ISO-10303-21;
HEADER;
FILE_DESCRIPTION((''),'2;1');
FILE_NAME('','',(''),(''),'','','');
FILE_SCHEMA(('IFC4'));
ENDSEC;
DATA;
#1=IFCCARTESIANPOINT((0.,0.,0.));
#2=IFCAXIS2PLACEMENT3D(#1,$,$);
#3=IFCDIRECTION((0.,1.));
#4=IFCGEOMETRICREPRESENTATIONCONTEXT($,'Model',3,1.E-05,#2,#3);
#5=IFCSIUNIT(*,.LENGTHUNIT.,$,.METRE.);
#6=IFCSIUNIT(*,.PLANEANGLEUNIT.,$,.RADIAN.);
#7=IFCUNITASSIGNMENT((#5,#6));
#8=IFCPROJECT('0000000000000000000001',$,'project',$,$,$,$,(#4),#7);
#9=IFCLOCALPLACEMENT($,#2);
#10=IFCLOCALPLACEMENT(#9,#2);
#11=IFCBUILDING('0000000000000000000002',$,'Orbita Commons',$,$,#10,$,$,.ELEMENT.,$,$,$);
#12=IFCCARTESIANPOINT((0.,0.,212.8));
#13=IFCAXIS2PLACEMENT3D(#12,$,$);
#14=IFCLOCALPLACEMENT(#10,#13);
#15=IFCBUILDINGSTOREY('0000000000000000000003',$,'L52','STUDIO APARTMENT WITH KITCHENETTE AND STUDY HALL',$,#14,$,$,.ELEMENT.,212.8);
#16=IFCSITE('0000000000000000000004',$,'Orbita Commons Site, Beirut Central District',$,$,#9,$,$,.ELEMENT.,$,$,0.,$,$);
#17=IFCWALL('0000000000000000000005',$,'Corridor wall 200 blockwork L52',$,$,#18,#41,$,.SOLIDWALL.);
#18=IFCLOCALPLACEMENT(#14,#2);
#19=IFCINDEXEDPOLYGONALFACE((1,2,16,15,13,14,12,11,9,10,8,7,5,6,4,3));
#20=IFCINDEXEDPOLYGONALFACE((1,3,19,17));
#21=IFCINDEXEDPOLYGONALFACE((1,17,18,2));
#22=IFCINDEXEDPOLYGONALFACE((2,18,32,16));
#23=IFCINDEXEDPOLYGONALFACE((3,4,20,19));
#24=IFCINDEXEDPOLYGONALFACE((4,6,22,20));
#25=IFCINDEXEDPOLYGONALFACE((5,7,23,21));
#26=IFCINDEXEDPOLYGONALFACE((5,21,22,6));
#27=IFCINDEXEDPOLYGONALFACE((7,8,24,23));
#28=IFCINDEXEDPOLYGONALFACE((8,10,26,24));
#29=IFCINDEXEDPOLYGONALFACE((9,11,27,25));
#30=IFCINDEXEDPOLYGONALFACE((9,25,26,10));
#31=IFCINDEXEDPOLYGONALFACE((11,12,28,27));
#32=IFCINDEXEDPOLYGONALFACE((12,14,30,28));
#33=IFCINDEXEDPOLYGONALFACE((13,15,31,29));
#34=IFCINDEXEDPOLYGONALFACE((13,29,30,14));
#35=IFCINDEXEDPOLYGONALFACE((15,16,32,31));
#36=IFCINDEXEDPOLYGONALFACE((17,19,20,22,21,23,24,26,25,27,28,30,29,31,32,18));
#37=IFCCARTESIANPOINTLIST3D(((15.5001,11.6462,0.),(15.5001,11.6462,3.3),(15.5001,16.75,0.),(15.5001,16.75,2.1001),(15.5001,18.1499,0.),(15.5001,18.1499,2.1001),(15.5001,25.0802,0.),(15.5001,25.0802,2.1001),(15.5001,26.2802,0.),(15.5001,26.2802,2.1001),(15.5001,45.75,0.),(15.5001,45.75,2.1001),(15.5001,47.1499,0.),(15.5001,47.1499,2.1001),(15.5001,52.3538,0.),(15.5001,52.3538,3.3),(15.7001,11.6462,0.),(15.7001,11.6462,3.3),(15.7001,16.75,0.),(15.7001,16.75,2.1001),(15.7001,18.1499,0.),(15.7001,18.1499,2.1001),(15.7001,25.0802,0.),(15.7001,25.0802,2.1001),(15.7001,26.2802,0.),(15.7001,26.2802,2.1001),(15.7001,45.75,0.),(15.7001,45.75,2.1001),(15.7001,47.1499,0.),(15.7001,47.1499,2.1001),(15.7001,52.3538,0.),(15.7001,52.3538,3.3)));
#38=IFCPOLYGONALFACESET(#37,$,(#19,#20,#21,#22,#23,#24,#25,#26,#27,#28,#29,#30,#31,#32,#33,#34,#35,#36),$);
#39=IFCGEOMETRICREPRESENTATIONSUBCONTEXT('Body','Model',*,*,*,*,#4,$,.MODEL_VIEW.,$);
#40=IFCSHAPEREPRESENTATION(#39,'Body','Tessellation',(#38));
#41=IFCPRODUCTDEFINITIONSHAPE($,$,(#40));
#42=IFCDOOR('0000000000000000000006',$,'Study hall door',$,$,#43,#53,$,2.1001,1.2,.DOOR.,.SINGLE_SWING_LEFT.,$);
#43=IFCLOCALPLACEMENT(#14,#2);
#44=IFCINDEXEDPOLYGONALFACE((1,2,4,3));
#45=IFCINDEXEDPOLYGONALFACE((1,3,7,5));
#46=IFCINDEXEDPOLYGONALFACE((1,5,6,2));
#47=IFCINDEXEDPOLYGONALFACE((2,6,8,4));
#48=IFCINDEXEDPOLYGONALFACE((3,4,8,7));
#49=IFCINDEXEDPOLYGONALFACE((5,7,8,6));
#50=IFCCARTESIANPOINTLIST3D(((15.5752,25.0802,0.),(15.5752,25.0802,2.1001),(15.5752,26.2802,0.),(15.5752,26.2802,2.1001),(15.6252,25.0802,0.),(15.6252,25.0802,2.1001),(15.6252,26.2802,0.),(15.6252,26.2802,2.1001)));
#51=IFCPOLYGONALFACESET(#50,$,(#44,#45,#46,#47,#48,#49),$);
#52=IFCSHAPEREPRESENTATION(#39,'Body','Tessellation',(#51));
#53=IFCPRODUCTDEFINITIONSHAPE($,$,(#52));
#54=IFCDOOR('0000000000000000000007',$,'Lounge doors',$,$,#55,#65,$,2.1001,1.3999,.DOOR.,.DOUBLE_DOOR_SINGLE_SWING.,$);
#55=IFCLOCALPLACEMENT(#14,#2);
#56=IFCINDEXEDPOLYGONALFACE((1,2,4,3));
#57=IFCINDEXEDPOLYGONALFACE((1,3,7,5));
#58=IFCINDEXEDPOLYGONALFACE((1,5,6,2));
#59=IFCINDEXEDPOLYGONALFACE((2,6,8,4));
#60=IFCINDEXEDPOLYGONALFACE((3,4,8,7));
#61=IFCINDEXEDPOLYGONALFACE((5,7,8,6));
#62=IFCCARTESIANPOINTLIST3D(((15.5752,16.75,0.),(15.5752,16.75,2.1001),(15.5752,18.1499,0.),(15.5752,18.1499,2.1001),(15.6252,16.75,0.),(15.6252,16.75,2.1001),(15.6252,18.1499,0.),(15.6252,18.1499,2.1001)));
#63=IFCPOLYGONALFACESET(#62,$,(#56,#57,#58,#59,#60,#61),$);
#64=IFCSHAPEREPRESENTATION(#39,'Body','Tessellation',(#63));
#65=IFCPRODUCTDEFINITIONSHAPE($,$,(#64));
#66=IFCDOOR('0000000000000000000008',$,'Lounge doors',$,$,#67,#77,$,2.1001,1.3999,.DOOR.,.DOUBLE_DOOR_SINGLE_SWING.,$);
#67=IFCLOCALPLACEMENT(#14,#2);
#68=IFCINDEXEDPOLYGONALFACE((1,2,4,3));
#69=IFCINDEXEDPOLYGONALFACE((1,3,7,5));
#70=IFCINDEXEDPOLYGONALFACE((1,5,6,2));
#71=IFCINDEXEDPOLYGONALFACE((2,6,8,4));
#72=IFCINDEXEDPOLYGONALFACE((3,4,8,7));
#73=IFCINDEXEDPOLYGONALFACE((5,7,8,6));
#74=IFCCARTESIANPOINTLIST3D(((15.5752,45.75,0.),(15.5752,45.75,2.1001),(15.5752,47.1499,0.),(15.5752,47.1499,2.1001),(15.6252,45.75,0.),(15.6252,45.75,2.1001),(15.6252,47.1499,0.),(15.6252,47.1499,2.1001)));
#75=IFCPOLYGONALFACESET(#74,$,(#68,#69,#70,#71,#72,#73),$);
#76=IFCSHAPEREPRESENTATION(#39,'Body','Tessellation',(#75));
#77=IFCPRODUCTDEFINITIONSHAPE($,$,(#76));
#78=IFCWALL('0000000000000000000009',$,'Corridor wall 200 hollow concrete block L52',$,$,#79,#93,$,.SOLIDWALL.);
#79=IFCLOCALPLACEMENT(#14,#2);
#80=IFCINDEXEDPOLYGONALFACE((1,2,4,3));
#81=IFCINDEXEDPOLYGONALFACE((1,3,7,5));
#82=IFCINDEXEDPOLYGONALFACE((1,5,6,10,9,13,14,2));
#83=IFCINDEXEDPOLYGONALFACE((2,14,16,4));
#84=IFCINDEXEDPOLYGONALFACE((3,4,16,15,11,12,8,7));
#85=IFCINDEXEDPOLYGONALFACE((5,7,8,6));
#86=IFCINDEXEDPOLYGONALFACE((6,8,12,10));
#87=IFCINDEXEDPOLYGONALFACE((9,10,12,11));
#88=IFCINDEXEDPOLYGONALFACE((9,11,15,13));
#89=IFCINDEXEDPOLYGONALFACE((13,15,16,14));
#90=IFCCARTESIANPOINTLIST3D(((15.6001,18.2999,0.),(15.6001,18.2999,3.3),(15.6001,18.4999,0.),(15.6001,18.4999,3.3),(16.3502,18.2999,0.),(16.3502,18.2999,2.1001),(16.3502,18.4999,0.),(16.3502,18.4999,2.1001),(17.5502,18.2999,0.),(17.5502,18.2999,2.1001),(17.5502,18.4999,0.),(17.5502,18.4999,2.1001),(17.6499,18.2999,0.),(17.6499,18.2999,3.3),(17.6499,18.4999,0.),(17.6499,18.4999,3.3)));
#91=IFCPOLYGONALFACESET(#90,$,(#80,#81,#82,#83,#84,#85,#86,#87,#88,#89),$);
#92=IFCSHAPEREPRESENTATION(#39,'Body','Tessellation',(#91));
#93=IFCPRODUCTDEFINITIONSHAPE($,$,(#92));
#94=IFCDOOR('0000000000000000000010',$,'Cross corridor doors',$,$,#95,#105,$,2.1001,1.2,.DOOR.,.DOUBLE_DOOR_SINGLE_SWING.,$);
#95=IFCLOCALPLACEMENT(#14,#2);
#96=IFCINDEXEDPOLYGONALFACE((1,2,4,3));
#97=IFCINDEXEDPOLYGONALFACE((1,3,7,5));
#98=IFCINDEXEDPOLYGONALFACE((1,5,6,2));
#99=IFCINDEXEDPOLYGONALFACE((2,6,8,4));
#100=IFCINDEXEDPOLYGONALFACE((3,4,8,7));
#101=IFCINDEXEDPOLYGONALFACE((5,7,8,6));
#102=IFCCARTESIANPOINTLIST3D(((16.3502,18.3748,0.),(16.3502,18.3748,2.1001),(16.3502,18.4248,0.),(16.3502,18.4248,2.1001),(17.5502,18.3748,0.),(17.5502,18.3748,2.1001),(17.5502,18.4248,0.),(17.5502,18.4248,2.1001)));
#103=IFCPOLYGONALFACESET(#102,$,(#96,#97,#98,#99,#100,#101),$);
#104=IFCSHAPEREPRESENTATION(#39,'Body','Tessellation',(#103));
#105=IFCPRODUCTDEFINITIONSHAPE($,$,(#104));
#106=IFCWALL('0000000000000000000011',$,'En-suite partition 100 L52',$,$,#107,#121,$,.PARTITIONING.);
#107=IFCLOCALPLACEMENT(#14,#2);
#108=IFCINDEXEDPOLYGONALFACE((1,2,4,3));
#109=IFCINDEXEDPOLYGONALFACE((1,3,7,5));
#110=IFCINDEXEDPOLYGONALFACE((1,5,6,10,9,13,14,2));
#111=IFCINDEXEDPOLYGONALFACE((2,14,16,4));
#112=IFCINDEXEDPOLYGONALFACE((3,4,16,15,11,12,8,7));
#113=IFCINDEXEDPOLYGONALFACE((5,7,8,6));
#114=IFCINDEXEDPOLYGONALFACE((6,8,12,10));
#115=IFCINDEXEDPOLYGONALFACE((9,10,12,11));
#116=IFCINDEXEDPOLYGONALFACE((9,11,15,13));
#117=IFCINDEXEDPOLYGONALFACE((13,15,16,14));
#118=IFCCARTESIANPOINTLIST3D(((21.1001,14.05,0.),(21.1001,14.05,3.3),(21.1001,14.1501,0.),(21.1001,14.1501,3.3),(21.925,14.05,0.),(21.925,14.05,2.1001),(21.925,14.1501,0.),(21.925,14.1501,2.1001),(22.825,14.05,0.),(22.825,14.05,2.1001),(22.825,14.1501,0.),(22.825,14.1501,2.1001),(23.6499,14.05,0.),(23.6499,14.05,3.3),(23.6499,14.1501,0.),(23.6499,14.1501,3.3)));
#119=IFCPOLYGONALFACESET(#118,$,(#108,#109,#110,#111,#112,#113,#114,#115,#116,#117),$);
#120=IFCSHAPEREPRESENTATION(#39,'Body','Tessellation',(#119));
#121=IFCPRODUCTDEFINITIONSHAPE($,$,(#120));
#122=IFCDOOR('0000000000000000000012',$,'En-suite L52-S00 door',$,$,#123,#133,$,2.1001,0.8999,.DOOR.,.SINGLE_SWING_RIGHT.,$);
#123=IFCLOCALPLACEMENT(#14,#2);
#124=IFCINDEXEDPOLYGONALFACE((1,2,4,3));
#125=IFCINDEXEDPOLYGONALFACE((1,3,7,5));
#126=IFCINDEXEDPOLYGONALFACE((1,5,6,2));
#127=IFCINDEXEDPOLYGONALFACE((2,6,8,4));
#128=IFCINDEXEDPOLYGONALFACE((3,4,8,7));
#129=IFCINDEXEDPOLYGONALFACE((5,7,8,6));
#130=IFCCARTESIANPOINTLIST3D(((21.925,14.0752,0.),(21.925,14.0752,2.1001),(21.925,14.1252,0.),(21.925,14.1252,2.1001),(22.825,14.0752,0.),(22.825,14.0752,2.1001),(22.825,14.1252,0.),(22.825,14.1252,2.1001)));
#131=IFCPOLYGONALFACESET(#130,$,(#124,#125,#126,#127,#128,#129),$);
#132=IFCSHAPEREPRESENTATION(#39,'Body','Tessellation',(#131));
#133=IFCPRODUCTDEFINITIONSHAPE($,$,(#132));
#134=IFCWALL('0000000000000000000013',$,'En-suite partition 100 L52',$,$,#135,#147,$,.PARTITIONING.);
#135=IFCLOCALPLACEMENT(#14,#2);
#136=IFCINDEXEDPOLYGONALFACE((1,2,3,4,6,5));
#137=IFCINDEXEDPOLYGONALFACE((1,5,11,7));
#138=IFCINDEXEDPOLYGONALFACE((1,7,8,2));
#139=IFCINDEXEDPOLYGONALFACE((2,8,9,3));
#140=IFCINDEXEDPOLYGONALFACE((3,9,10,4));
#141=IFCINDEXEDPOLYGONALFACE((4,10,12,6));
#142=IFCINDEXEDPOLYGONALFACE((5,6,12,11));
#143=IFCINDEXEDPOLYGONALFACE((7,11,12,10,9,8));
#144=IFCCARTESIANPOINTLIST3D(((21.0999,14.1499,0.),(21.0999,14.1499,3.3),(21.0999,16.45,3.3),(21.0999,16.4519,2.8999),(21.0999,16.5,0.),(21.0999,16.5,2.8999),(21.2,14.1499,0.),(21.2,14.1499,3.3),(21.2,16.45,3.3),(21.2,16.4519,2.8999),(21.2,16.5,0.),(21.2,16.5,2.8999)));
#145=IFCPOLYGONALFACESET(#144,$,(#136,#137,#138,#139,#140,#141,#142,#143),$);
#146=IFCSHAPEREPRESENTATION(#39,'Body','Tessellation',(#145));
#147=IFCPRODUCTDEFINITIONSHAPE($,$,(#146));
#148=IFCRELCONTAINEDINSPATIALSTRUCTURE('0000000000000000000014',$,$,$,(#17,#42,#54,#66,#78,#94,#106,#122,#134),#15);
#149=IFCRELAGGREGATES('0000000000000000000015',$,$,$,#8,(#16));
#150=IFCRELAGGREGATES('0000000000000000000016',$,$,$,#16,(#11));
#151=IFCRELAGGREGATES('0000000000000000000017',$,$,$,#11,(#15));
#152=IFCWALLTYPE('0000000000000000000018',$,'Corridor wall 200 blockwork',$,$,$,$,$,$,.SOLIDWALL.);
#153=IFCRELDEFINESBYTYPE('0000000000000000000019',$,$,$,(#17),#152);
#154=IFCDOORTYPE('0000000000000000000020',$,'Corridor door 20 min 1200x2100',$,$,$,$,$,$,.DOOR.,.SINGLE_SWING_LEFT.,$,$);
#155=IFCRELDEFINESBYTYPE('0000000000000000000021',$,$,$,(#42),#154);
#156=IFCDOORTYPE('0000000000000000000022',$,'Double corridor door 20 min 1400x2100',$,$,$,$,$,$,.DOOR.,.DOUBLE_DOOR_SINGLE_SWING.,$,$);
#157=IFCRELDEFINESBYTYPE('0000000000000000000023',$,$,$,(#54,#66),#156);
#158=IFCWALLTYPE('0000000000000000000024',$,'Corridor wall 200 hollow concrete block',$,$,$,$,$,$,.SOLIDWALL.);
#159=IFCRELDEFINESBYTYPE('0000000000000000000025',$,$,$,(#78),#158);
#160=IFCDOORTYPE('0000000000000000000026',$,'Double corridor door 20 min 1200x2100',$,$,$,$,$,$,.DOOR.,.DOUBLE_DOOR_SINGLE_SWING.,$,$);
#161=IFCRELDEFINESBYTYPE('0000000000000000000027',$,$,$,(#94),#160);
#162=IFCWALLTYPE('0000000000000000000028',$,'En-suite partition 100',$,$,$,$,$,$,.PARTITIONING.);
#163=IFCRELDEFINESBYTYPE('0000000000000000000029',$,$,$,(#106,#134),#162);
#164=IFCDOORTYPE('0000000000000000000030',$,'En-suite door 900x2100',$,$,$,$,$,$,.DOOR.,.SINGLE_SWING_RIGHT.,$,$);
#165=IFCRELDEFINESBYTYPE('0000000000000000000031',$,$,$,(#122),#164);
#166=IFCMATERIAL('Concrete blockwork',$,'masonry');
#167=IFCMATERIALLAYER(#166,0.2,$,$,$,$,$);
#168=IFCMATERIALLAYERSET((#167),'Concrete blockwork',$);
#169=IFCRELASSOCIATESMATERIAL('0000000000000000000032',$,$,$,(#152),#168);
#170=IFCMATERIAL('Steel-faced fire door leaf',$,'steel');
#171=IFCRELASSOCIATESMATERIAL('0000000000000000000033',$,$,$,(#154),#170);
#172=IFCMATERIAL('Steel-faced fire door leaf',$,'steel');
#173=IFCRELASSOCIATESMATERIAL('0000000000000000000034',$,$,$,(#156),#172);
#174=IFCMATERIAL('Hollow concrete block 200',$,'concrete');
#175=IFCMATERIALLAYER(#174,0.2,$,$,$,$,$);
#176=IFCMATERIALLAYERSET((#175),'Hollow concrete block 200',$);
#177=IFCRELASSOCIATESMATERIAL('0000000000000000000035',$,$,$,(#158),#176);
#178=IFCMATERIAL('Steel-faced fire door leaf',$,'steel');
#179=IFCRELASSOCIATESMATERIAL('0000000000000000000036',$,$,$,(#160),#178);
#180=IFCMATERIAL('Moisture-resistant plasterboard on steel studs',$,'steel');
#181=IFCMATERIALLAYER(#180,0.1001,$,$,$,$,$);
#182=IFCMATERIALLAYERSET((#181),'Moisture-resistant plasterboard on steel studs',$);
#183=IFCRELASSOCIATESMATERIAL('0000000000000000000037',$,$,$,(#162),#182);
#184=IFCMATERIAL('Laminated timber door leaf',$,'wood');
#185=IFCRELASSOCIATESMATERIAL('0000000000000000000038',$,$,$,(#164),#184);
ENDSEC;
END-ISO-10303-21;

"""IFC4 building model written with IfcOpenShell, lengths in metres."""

from ifc_helpers import new_model, si_unit, direction, frame, frame_2d, origin, place, context, subcontext, project, spatial, polyline, rectangle, outline, extrude, material, layer, layer_set, type_object, element, fill, save


model = new_model("IFC4")

# Units and contexts
model_context = context("Model", 3, precision=1e-05, world=origin(), true_north=direction((0.0, 1.0)))
body_context = subcontext(model_context, "Body", "Model", "MODEL_VIEW")
ifc_project = project(units=[si_unit("LENGTHUNIT", "METRE"), si_unit("PLANEANGLEUNIT", "RADIAN")], contexts=[model_context])

# Site, building, storey
site_placement = place(None, origin())
site = spatial("IfcSite", under=ifc_project, at=site_placement, Name="Orbita Commons Site, Beirut Central District", CompositionType="ELEMENT", RefElevation=0.0)
building_placement = place(site_placement, origin())
building = spatial("IfcBuilding", under=site, at=building_placement, Name="Orbita Commons", CompositionType="ELEMENT")
storey_placement = place(building_placement, frame((0.0, 0.0, 212.8)))
storey = spatial("IfcBuildingStorey", under=building, at=storey_placement, Name="L52", Description="STUDIO APARTMENT WITH KITCHENETTE AND STUDY HALL", CompositionType="ELEMENT", Elevation=212.8)

# Shared definitions
ifc_material_1 = material(Name="Concrete blockwork", Category="masonry")
ifc_layer_1 = layer(ifc_material_1, 0.2)
ifc_layer_set_1 = layer_set([ifc_layer_1], Name="Concrete blockwork")
wall_type_1 = type_object("IfcWallType", Name="Corridor wall 200 blockwork", PredefinedType="SOLIDWALL", material=ifc_layer_set_1)

# Wall, openings, doors
wall_1_placement = place(storey_placement, frame((15.6001, 11.6462, 0.0), z_axis=(0.0, 0.0, 1.0), x_axis=(0.0, 1.0, 0.0)))
wall_1 = element("IfcWall", 1, at=wall_1_placement, inside=storey, type_object=wall_type_1, Name="Corridor wall 200 blockwork L52", PredefinedType="SOLIDWALL", context=body_context, shape_type="SweptSolid", body=[
    extrude(rectangle(XDim=40.7075, YDim=0.2, at=frame_2d((20.3538, 0.0))), origin(), (0.0, 0.0, 1.0), 3.3),
])
opening_1_placement = place(wall_1_placement, frame((13.4338, 0.0, 0.0)))
opening_1 = element("IfcOpeningElement", 2, at=opening_1_placement, cuts=wall_1, PredefinedType="OPENING", context=body_context, shape_type="SweptSolid", body=[
    extrude(rectangle(XDim=1.2, YDim=2.1001, at=frame_2d((0.6001, 1.05))), frame((0.0, 0.1099, 0.0), z_axis=(0.0, -1.0, 0.0), x_axis=(1.0, 0.0, 0.0)), (0.0, 0.0, 1.0), 0.22),
])
opening_2_placement = place(wall_1_placement, frame((5.1038, 0.0, 0.0)))
opening_2 = element("IfcOpeningElement", 3, at=opening_2_placement, cuts=wall_1, PredefinedType="OPENING", context=body_context, shape_type="SweptSolid", body=[
    extrude(rectangle(XDim=1.3999, YDim=2.1001, at=frame_2d((0.7, 1.05))), frame((0.0, 0.1099, 0.0), z_axis=(0.0, -1.0, 0.0), x_axis=(1.0, 0.0, 0.0)), (0.0, 0.0, 1.0), 0.22),
])
opening_3_placement = place(wall_1_placement, frame((34.1038, 0.0, 0.0)))
opening_3 = element("IfcOpeningElement", 4, at=opening_3_placement, cuts=wall_1, PredefinedType="OPENING", context=body_context, shape_type="SweptSolid", body=[
    extrude(rectangle(XDim=1.3999, YDim=2.1001, at=frame_2d((0.7, 1.05))), frame((0.0, 0.1099, 0.0), z_axis=(0.0, -1.0, 0.0), x_axis=(1.0, 0.0, 0.0)), (0.0, 0.0, 1.0), 0.22),
])
ifc_material_2 = material(Name="Steel-faced fire door leaf", Category="steel")
door_type_1 = type_object("IfcDoorType", Name="Corridor door 20 min 1200x2100", OperationType="SINGLE_SWING_LEFT", PredefinedType="DOOR", material=ifc_material_2)
door_1_placement = place(opening_1_placement, origin())
door_1 = element("IfcDoor", 5, at=door_1_placement, inside=storey, type_object=door_type_1, Name="Study hall door", OperationType="SINGLE_SWING_LEFT", OverallHeight=2.1001, OverallWidth=1.2, PredefinedType="DOOR", context=body_context, shape_type="SweptSolid", body=[
    extrude(rectangle(XDim=1.2, YDim=2.1001, at=frame_2d((0.6001, 1.05))), frame((0.0, 0.0249, 0.0), z_axis=(0.0, -1.0, 0.0), x_axis=(1.0, 0.0, 0.0)), (0.0, 0.0, 1.0), 0.05),
])
fill(opening_1, door_1)
ifc_material_3 = material(Name="Steel-faced fire door leaf", Category="steel")
door_type_2 = type_object("IfcDoorType", Name="Double corridor door 20 min 1400x2100", OperationType="DOUBLE_DOOR_SINGLE_SWING", PredefinedType="DOOR", material=ifc_material_3)
door_2_placement = place(opening_2_placement, origin())
door_2 = element("IfcDoor", 6, at=door_2_placement, inside=storey, type_object=door_type_2, Name="Lounge doors", OperationType="DOUBLE_DOOR_SINGLE_SWING", OverallHeight=2.1001, OverallWidth=1.3999, PredefinedType="DOOR", context=body_context, shape_type="SweptSolid", body=[
    extrude(rectangle(XDim=1.3999, YDim=2.1001, at=frame_2d((0.7, 1.05))), frame((0.0, 0.0249, 0.0), z_axis=(0.0, -1.0, 0.0), x_axis=(1.0, 0.0, 0.0)), (0.0, 0.0, 1.0), 0.05),
])
fill(opening_2, door_2)
door_3_placement = place(opening_3_placement, origin())
door_3 = element("IfcDoor", 7, at=door_3_placement, inside=storey, type_object=door_type_2, Name="Lounge doors", OperationType="DOUBLE_DOOR_SINGLE_SWING", OverallHeight=2.1001, OverallWidth=1.3999, PredefinedType="DOOR", context=body_context, shape_type="SweptSolid", body=[
    extrude(rectangle(XDim=1.3999, YDim=2.1001, at=frame_2d((0.7, 1.05))), frame((0.0, 0.0249, 0.0), z_axis=(0.0, -1.0, 0.0), x_axis=(1.0, 0.0, 0.0)), (0.0, 0.0, 1.0), 0.05),
])
fill(opening_3, door_3)

# Walls, openings, doors
ifc_material_4 = material(Name="Hollow concrete block 200", Category="concrete")
ifc_layer_2 = layer(ifc_material_4, 0.2)
ifc_layer_set_2 = layer_set([ifc_layer_2], Name="Hollow concrete block 200")
wall_type_2 = type_object("IfcWallType", Name="Corridor wall 200 hollow concrete block", PredefinedType="SOLIDWALL", material=ifc_layer_set_2)
wall_2_placement = place(storey_placement, frame((15.6001, 18.3999, 0.0), z_axis=(0.0, 0.0, 1.0), x_axis=(1.0, 0.0, 0.0)))
wall_2 = element("IfcWall", 8, at=wall_2_placement, inside=storey, type_object=wall_type_2, Name="Corridor wall 200 hollow concrete block L52", PredefinedType="SOLIDWALL", context=body_context, shape_type="SweptSolid", body=[
    extrude(rectangle(XDim=2.0498, YDim=0.2, at=frame_2d((1.0249, 0.0))), origin(), (0.0, 0.0, 1.0), 3.3),
])
opening_4_placement = place(wall_2_placement, frame((0.75, 0.0, 0.0)))
opening_4 = element("IfcOpeningElement", 9, at=opening_4_placement, cuts=wall_2, PredefinedType="OPENING", context=body_context, shape_type="SweptSolid", body=[
    extrude(rectangle(XDim=1.2, YDim=2.1001, at=frame_2d((0.6001, 1.05))), frame((0.0, 0.1099, 0.0), z_axis=(0.0, -1.0, 0.0), x_axis=(1.0, 0.0, 0.0)), (0.0, 0.0, 1.0), 0.22),
])
ifc_material_5 = material(Name="Steel-faced fire door leaf", Category="steel")
door_type_3 = type_object("IfcDoorType", Name="Double corridor door 20 min 1200x2100", OperationType="DOUBLE_DOOR_SINGLE_SWING", PredefinedType="DOOR", material=ifc_material_5)
door_4_placement = place(opening_4_placement, origin())
door_4 = element("IfcDoor", 10, at=door_4_placement, inside=storey, type_object=door_type_3, Name="Cross corridor doors", OperationType="DOUBLE_DOOR_SINGLE_SWING", OverallHeight=2.1001, OverallWidth=1.2, PredefinedType="DOOR", context=body_context, shape_type="SweptSolid", body=[
    extrude(rectangle(XDim=1.2, YDim=2.1001, at=frame_2d((0.6001, 1.05))), frame((0.0, 0.0249, 0.0), z_axis=(0.0, -1.0, 0.0), x_axis=(1.0, 0.0, 0.0)), (0.0, 0.0, 1.0), 0.05),
])
fill(opening_4, door_4)
ifc_material_6 = material(Name="Moisture-resistant plasterboard on steel studs", Category="steel")
ifc_layer_3 = layer(ifc_material_6, 0.1001)
ifc_layer_set_3 = layer_set([ifc_layer_3], Name="Moisture-resistant plasterboard on steel studs")
wall_type_3 = type_object("IfcWallType", Name="En-suite partition 100", PredefinedType="PARTITIONING", material=ifc_layer_set_3)
wall_3_placement = place(storey_placement, frame((23.6499, 14.1001, 0.0), z_axis=(0.0, 0.0, 1.0), x_axis=(-1.0, 0.0, 0.0)))
wall_3 = element("IfcWall", 11, at=wall_3_placement, inside=storey, type_object=wall_type_3, Name="En-suite partition 100 L52", PredefinedType="PARTITIONING", context=body_context, shape_type="SweptSolid", body=[
    extrude(rectangle(XDim=2.5498, YDim=0.1001, at=frame_2d((1.2749, 0.0))), origin(), (0.0, 0.0, 1.0), 3.3),
])
opening_5_placement = place(wall_3_placement, frame((0.825, 0.0, 0.0)))
opening_5 = element("IfcOpeningElement", 12, at=opening_5_placement, cuts=wall_3, PredefinedType="OPENING", context=body_context, shape_type="SweptSolid", body=[
    extrude(rectangle(XDim=0.8999, YDim=2.1001, at=frame_2d((0.45, 1.05))), frame((0.0, 0.0601, 0.0), z_axis=(0.0, -1.0, 0.0), x_axis=(1.0, 0.0, 0.0)), (0.0, 0.0, 1.0), 0.1201),
])
ifc_material_7 = material(Name="Laminated timber door leaf", Category="wood")
door_type_4 = type_object("IfcDoorType", Name="En-suite door 900x2100", OperationType="SINGLE_SWING_RIGHT", PredefinedType="DOOR", material=ifc_material_7)
door_5_placement = place(opening_5_placement, origin())
door_5 = element("IfcDoor", 13, at=door_5_placement, inside=storey, type_object=door_type_4, Name="En-suite L52-S00 door", OperationType="SINGLE_SWING_RIGHT", OverallHeight=2.1001, OverallWidth=0.8999, PredefinedType="DOOR", context=body_context, shape_type="SweptSolid", body=[
    extrude(rectangle(XDim=0.8999, YDim=2.1001, at=frame_2d((0.45, 1.05))), frame((0.0, 0.0249, 0.0), z_axis=(0.0, -1.0, 0.0), x_axis=(1.0, 0.0, 0.0)), (0.0, 0.0, 1.0), 0.05),
])
fill(opening_5, door_5)

# Wall
wall_4_placement = place(storey_placement, frame((21.1499, 14.1499, 0.0), z_axis=(0.0, 0.0, 1.0), x_axis=(0.0, 1.0, 0.0)))
element("IfcWall", 14, at=wall_4_placement, inside=storey, type_object=wall_type_3, Name="En-suite partition 100 L52", PredefinedType="PARTITIONING", context=body_context, shape_type="SweptSolid", body=[
    extrude(outline(polyline([(0.0, 0.0), (2.3501, 0.0), (2.3501, 2.8999), (2.302, 2.8999), (2.3, 3.3), (0.0, 3.3), (0.0, 0.0)])), frame((0.0, 0.05, 0.0), z_axis=(0.0, -1.0, 0.0), x_axis=(1.0, 0.0, 0.0)), (0.0, 0.0, 1.0), 0.1001),
])

save(model, "model.ifc")
